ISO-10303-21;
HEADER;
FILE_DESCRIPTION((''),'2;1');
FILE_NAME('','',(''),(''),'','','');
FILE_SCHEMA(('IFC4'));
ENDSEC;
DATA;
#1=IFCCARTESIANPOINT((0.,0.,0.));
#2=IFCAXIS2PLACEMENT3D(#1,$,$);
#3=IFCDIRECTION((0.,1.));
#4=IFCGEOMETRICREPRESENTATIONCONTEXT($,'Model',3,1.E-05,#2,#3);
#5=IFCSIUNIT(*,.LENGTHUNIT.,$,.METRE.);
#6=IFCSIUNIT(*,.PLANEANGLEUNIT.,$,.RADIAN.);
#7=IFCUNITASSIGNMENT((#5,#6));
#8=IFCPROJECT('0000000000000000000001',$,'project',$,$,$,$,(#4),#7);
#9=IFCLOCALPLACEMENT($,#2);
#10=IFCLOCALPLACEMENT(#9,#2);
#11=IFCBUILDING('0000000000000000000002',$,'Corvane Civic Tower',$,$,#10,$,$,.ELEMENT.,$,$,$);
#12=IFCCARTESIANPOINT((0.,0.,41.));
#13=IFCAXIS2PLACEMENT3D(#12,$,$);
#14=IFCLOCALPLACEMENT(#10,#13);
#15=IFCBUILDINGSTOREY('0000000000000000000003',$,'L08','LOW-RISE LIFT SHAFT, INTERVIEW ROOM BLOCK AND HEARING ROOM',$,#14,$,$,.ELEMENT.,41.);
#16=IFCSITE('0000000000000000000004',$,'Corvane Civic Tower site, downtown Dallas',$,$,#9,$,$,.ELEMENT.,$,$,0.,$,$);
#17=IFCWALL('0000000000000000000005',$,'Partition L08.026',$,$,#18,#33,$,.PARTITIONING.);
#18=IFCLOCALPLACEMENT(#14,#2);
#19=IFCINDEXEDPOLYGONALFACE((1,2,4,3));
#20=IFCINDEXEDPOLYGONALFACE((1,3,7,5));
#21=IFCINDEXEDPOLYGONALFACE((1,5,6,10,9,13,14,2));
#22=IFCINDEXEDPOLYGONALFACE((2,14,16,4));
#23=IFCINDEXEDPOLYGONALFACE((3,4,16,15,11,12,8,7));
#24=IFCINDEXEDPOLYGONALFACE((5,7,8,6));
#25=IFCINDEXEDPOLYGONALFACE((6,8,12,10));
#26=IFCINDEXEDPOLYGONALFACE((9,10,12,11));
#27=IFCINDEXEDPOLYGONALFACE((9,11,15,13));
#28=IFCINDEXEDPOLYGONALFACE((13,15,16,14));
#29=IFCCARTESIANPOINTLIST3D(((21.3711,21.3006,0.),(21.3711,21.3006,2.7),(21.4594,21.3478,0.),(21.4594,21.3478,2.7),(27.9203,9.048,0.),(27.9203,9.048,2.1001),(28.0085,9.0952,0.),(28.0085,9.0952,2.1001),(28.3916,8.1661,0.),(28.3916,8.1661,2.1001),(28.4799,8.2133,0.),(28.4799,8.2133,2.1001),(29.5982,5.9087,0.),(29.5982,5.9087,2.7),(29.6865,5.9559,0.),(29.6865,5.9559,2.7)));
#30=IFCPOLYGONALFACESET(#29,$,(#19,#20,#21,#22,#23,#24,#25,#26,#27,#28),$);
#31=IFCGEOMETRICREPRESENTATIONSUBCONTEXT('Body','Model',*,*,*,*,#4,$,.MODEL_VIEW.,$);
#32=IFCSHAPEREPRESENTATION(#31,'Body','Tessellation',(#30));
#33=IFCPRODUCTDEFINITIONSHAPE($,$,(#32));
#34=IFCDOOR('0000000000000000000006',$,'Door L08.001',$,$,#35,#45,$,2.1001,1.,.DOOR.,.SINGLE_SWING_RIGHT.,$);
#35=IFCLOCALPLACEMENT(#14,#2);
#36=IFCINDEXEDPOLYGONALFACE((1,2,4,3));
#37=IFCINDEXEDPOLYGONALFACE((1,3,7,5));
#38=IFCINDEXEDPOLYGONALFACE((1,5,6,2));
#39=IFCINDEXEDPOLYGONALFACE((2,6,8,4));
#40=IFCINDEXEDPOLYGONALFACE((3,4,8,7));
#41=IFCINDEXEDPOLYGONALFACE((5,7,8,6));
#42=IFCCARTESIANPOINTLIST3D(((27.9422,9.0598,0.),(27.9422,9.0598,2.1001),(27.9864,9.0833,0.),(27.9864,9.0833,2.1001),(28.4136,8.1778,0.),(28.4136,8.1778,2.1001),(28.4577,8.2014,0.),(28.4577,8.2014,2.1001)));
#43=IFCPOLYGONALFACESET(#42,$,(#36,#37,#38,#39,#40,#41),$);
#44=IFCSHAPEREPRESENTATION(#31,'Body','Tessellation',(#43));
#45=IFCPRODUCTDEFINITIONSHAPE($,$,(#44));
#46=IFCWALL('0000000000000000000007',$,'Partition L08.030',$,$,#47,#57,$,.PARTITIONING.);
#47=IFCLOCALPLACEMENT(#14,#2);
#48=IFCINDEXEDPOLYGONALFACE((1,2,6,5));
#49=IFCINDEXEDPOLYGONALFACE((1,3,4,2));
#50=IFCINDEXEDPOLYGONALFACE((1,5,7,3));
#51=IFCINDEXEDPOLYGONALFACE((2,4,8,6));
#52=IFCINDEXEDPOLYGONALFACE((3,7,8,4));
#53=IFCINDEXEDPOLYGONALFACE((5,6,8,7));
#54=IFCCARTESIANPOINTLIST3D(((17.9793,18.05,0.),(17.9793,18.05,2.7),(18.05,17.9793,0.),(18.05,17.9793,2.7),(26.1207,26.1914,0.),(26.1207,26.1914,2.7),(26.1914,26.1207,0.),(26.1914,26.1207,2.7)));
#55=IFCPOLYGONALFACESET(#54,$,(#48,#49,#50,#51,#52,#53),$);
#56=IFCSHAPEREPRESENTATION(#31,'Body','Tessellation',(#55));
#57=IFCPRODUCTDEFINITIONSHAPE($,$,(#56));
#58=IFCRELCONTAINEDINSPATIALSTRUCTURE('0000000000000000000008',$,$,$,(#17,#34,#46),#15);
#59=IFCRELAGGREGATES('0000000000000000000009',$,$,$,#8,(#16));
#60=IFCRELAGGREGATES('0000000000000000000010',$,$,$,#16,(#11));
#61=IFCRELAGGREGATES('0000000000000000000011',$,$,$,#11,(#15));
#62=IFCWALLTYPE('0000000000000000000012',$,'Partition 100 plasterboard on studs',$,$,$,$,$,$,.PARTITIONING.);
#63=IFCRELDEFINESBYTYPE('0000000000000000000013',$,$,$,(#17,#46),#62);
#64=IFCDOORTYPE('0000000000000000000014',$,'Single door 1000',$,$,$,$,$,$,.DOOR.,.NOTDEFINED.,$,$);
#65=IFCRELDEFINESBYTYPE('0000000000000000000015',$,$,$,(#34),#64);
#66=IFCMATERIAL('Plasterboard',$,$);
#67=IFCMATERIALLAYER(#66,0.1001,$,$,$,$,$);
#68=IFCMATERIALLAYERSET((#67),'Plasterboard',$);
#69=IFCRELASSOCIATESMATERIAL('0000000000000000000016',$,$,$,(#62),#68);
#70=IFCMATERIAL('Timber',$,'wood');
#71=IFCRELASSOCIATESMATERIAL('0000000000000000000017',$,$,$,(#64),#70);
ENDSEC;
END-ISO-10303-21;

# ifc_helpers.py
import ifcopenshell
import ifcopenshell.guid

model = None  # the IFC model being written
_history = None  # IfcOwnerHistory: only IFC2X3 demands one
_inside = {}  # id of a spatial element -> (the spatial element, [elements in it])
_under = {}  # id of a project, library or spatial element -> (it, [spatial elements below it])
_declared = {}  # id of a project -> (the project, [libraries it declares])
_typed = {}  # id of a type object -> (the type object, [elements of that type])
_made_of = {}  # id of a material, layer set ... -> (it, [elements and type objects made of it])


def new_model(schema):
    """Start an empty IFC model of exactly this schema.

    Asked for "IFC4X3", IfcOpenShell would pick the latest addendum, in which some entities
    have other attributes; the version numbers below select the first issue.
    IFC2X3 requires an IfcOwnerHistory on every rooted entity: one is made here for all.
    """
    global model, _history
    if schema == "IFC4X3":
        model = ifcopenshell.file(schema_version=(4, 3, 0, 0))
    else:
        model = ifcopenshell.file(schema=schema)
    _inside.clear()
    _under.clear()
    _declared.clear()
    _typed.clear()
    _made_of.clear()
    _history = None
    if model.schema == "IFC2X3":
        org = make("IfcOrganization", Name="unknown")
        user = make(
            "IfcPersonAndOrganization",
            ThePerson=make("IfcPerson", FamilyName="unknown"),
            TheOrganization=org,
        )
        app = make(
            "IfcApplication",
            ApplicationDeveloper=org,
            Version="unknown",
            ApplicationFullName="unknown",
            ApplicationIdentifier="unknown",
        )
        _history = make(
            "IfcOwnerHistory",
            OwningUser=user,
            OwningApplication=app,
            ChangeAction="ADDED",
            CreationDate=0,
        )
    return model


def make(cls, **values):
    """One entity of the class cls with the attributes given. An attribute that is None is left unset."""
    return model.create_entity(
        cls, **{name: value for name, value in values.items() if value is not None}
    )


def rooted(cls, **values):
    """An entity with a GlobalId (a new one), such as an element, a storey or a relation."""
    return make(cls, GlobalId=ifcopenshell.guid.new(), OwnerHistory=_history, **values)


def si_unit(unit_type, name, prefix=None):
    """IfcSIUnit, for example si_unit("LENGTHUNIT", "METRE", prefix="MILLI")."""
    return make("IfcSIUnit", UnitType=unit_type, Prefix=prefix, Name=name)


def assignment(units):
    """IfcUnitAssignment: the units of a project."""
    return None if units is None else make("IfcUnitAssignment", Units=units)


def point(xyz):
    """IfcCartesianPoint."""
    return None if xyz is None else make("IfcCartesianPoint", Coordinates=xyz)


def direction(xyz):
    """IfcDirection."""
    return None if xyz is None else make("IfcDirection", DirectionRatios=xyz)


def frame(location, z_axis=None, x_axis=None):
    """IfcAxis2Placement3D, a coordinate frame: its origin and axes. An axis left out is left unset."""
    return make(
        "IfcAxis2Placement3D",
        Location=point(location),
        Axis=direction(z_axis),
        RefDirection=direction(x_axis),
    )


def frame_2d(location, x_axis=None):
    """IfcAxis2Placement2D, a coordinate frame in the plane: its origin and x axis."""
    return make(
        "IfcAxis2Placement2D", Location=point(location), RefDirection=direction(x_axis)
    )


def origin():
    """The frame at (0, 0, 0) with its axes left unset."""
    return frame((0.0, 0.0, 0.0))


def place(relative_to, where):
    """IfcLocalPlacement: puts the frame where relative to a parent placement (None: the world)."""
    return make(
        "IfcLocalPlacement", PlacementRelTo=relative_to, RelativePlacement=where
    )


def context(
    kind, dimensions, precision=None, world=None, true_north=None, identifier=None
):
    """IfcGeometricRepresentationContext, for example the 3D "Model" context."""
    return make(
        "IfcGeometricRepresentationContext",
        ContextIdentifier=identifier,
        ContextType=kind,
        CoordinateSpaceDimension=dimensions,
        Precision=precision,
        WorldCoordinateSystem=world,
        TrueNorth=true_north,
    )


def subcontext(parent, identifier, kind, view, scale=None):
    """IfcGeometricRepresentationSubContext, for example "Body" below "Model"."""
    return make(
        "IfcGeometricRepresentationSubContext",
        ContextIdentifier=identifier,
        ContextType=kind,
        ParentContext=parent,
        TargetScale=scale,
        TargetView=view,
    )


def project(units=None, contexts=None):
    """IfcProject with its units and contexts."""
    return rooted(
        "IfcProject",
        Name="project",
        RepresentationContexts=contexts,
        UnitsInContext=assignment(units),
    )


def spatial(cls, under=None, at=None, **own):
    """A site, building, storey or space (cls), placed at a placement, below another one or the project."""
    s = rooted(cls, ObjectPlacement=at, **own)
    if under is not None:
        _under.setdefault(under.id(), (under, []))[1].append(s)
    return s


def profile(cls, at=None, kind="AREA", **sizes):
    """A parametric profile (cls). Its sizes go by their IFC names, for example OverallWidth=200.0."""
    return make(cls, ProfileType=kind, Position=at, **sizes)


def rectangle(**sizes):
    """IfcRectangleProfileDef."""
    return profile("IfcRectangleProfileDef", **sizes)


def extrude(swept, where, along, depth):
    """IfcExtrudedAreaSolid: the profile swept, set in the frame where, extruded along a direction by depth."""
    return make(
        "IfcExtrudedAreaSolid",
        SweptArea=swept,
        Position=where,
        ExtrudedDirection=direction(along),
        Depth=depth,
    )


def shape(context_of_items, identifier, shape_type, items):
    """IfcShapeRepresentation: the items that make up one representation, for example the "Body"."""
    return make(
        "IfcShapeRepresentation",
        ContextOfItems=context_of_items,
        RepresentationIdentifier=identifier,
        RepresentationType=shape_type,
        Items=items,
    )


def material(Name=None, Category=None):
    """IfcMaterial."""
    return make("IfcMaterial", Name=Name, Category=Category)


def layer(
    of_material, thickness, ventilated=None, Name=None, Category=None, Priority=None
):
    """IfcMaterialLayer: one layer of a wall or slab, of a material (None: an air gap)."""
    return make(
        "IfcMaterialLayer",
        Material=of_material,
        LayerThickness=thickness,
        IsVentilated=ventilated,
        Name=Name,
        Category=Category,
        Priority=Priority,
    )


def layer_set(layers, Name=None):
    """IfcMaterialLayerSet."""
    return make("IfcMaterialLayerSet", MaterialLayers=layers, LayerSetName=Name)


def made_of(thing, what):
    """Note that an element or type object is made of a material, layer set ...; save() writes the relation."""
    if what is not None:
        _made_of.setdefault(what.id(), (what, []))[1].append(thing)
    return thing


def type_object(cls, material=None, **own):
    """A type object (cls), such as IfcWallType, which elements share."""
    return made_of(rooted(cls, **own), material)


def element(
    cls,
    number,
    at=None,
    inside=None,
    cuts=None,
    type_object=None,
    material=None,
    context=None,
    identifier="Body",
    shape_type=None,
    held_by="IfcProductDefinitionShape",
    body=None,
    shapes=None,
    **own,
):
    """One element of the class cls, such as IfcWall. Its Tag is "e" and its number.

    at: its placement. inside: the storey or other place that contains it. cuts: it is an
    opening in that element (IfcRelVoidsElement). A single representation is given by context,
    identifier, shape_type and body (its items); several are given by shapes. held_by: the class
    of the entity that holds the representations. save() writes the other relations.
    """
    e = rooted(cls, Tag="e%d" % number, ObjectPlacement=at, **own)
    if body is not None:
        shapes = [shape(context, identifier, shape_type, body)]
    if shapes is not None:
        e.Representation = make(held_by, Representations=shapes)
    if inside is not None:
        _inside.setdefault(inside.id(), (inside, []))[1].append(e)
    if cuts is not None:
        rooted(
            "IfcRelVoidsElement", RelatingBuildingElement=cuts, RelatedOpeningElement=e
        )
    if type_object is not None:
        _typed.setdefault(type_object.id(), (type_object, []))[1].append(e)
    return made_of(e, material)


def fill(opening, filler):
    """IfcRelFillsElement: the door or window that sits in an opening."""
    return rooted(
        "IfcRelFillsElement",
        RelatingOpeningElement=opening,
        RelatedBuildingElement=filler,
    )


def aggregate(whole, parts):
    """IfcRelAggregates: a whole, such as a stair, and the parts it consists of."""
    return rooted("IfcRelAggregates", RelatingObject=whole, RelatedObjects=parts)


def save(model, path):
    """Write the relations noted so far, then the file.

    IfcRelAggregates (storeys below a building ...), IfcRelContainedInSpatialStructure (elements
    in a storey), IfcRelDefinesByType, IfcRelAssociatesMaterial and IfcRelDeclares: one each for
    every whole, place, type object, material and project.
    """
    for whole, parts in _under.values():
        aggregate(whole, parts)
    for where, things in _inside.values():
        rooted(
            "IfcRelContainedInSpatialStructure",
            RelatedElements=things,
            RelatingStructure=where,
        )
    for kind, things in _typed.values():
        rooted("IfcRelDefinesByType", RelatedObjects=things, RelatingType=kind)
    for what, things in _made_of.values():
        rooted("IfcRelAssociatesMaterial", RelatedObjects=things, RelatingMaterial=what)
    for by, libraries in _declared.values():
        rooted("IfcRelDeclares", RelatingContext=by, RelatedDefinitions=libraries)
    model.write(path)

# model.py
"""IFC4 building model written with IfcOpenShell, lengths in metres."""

from ifc_helpers import new_model, si_unit, direction, frame, frame_2d, origin, place, context, subcontext, project, spatial, rectangle, extrude, material, layer, layer_set, type_object, element, fill, save


model = new_model("IFC4")

# Units and contexts
model_context = context("Model", 3, precision=1e-05, world=origin(), true_north=direction((0.0, 1.0)))
body_context = subcontext(model_context, "Body", "Model", "MODEL_VIEW")
ifc_project = project(units=[si_unit("LENGTHUNIT", "METRE"), si_unit("PLANEANGLEUNIT", "RADIAN")], contexts=[model_context])

# Site, building, storey
site_placement = place(None, origin())
site = spatial("IfcSite", under=ifc_project, at=site_placement, Name="Corvane Civic Tower site, downtown Dallas", CompositionType="ELEMENT", RefElevation=0.0)
building_placement = place(site_placement, origin())
building = spatial("IfcBuilding", under=site, at=building_placement, Name="Corvane Civic Tower", CompositionType="ELEMENT")
storey_placement = place(building_placement, frame((0.0, 0.0, 41.0)))
storey = spatial("IfcBuildingStorey", under=building, at=storey_placement, Name="L08", Description="LOW-RISE LIFT SHAFT, INTERVIEW ROOM BLOCK AND HEARING ROOM", CompositionType="ELEMENT", Elevation=41.0)

# Wall, opening, door
ifc_material_1 = material(Name="Plasterboard")
ifc_layer_1 = layer(ifc_material_1, 0.1001)
ifc_layer_set_1 = layer_set([ifc_layer_1], Name="Plasterboard")
wall_type = type_object("IfcWallType", Name="Partition 100 plasterboard on studs", PredefinedType="PARTITIONING", material=ifc_layer_set_1)
wall_1_placement = place(storey_placement, frame((21.4153, 21.3242, 0.0), z_axis=(0.0, 0.0, 1.0), x_axis=(0.471394, -0.881923, 0.0)))
wall_1 = element("IfcWall", 1, at=wall_1_placement, inside=storey, type_object=wall_type, Name="Partition L08.026", PredefinedType="PARTITIONING", context=body_context, shape_type="SweptSolid", body=[
    extrude(rectangle(XDim=17.4526, YDim=0.1001, at=frame_2d((8.7263, 0.0))), origin(), (0.0, 0.0, 1.0), 2.7),
])
opening_placement = place(wall_1_placement, frame((13.8931, 0.0, 0.0)))
opening = element("IfcOpeningElement", 2, at=opening_placement, cuts=wall_1, PredefinedType="OPENING", context=body_context, shape_type="SweptSolid", body=[
    extrude(rectangle(XDim=1.0, YDim=2.1001, at=frame_2d((0.5, 1.05))), frame((0.0, 0.0601, 0.0), z_axis=(0.0, -1.0, 0.0), x_axis=(1.0, 0.0, 0.0)), (0.0, 0.0, 1.0), 0.1201),
])
ifc_material_2 = material(Name="Timber", Category="wood")
door_type = type_object("IfcDoorType", Name="Single door 1000", OperationType="NOTDEFINED", PredefinedType="DOOR", material=ifc_material_2)
door_placement = place(opening_placement, origin())
door = element("IfcDoor", 3, at=door_placement, inside=storey, type_object=door_type, Name="Door L08.001", OperationType="SINGLE_SWING_RIGHT", OverallHeight=2.1001, OverallWidth=1.0, PredefinedType="DOOR", context=body_context, shape_type="SweptSolid", body=[
    extrude(rectangle(XDim=1.0, YDim=2.1001, at=frame_2d((0.5, 1.05))), frame((0.0, 0.0249, 0.0), z_axis=(0.0, -1.0, 0.0), x_axis=(1.0, 0.0, 0.0)), (0.0, 0.0, 1.0), 0.05),
])
fill(opening, door)

# Wall
wall_2_placement = place(storey_placement, frame((18.0146, 18.0146, 0.0), z_axis=(0.0, 0.0, 1.0), x_axis=(0.707107, 0.707107, 0.0)))
element("IfcWall", 4, at=wall_2_placement, inside=storey, type_object=wall_type, Name="Partition L08.030", PredefinedType="PARTITIONING", context=body_context, shape_type="SweptSolid", body=[
    extrude(rectangle(XDim=11.5137, YDim=0.1001, at=frame_2d((5.7568, 0.0))), origin(), (0.0, 0.0, 1.0), 2.7),
])

save(model, "model.ifc")
